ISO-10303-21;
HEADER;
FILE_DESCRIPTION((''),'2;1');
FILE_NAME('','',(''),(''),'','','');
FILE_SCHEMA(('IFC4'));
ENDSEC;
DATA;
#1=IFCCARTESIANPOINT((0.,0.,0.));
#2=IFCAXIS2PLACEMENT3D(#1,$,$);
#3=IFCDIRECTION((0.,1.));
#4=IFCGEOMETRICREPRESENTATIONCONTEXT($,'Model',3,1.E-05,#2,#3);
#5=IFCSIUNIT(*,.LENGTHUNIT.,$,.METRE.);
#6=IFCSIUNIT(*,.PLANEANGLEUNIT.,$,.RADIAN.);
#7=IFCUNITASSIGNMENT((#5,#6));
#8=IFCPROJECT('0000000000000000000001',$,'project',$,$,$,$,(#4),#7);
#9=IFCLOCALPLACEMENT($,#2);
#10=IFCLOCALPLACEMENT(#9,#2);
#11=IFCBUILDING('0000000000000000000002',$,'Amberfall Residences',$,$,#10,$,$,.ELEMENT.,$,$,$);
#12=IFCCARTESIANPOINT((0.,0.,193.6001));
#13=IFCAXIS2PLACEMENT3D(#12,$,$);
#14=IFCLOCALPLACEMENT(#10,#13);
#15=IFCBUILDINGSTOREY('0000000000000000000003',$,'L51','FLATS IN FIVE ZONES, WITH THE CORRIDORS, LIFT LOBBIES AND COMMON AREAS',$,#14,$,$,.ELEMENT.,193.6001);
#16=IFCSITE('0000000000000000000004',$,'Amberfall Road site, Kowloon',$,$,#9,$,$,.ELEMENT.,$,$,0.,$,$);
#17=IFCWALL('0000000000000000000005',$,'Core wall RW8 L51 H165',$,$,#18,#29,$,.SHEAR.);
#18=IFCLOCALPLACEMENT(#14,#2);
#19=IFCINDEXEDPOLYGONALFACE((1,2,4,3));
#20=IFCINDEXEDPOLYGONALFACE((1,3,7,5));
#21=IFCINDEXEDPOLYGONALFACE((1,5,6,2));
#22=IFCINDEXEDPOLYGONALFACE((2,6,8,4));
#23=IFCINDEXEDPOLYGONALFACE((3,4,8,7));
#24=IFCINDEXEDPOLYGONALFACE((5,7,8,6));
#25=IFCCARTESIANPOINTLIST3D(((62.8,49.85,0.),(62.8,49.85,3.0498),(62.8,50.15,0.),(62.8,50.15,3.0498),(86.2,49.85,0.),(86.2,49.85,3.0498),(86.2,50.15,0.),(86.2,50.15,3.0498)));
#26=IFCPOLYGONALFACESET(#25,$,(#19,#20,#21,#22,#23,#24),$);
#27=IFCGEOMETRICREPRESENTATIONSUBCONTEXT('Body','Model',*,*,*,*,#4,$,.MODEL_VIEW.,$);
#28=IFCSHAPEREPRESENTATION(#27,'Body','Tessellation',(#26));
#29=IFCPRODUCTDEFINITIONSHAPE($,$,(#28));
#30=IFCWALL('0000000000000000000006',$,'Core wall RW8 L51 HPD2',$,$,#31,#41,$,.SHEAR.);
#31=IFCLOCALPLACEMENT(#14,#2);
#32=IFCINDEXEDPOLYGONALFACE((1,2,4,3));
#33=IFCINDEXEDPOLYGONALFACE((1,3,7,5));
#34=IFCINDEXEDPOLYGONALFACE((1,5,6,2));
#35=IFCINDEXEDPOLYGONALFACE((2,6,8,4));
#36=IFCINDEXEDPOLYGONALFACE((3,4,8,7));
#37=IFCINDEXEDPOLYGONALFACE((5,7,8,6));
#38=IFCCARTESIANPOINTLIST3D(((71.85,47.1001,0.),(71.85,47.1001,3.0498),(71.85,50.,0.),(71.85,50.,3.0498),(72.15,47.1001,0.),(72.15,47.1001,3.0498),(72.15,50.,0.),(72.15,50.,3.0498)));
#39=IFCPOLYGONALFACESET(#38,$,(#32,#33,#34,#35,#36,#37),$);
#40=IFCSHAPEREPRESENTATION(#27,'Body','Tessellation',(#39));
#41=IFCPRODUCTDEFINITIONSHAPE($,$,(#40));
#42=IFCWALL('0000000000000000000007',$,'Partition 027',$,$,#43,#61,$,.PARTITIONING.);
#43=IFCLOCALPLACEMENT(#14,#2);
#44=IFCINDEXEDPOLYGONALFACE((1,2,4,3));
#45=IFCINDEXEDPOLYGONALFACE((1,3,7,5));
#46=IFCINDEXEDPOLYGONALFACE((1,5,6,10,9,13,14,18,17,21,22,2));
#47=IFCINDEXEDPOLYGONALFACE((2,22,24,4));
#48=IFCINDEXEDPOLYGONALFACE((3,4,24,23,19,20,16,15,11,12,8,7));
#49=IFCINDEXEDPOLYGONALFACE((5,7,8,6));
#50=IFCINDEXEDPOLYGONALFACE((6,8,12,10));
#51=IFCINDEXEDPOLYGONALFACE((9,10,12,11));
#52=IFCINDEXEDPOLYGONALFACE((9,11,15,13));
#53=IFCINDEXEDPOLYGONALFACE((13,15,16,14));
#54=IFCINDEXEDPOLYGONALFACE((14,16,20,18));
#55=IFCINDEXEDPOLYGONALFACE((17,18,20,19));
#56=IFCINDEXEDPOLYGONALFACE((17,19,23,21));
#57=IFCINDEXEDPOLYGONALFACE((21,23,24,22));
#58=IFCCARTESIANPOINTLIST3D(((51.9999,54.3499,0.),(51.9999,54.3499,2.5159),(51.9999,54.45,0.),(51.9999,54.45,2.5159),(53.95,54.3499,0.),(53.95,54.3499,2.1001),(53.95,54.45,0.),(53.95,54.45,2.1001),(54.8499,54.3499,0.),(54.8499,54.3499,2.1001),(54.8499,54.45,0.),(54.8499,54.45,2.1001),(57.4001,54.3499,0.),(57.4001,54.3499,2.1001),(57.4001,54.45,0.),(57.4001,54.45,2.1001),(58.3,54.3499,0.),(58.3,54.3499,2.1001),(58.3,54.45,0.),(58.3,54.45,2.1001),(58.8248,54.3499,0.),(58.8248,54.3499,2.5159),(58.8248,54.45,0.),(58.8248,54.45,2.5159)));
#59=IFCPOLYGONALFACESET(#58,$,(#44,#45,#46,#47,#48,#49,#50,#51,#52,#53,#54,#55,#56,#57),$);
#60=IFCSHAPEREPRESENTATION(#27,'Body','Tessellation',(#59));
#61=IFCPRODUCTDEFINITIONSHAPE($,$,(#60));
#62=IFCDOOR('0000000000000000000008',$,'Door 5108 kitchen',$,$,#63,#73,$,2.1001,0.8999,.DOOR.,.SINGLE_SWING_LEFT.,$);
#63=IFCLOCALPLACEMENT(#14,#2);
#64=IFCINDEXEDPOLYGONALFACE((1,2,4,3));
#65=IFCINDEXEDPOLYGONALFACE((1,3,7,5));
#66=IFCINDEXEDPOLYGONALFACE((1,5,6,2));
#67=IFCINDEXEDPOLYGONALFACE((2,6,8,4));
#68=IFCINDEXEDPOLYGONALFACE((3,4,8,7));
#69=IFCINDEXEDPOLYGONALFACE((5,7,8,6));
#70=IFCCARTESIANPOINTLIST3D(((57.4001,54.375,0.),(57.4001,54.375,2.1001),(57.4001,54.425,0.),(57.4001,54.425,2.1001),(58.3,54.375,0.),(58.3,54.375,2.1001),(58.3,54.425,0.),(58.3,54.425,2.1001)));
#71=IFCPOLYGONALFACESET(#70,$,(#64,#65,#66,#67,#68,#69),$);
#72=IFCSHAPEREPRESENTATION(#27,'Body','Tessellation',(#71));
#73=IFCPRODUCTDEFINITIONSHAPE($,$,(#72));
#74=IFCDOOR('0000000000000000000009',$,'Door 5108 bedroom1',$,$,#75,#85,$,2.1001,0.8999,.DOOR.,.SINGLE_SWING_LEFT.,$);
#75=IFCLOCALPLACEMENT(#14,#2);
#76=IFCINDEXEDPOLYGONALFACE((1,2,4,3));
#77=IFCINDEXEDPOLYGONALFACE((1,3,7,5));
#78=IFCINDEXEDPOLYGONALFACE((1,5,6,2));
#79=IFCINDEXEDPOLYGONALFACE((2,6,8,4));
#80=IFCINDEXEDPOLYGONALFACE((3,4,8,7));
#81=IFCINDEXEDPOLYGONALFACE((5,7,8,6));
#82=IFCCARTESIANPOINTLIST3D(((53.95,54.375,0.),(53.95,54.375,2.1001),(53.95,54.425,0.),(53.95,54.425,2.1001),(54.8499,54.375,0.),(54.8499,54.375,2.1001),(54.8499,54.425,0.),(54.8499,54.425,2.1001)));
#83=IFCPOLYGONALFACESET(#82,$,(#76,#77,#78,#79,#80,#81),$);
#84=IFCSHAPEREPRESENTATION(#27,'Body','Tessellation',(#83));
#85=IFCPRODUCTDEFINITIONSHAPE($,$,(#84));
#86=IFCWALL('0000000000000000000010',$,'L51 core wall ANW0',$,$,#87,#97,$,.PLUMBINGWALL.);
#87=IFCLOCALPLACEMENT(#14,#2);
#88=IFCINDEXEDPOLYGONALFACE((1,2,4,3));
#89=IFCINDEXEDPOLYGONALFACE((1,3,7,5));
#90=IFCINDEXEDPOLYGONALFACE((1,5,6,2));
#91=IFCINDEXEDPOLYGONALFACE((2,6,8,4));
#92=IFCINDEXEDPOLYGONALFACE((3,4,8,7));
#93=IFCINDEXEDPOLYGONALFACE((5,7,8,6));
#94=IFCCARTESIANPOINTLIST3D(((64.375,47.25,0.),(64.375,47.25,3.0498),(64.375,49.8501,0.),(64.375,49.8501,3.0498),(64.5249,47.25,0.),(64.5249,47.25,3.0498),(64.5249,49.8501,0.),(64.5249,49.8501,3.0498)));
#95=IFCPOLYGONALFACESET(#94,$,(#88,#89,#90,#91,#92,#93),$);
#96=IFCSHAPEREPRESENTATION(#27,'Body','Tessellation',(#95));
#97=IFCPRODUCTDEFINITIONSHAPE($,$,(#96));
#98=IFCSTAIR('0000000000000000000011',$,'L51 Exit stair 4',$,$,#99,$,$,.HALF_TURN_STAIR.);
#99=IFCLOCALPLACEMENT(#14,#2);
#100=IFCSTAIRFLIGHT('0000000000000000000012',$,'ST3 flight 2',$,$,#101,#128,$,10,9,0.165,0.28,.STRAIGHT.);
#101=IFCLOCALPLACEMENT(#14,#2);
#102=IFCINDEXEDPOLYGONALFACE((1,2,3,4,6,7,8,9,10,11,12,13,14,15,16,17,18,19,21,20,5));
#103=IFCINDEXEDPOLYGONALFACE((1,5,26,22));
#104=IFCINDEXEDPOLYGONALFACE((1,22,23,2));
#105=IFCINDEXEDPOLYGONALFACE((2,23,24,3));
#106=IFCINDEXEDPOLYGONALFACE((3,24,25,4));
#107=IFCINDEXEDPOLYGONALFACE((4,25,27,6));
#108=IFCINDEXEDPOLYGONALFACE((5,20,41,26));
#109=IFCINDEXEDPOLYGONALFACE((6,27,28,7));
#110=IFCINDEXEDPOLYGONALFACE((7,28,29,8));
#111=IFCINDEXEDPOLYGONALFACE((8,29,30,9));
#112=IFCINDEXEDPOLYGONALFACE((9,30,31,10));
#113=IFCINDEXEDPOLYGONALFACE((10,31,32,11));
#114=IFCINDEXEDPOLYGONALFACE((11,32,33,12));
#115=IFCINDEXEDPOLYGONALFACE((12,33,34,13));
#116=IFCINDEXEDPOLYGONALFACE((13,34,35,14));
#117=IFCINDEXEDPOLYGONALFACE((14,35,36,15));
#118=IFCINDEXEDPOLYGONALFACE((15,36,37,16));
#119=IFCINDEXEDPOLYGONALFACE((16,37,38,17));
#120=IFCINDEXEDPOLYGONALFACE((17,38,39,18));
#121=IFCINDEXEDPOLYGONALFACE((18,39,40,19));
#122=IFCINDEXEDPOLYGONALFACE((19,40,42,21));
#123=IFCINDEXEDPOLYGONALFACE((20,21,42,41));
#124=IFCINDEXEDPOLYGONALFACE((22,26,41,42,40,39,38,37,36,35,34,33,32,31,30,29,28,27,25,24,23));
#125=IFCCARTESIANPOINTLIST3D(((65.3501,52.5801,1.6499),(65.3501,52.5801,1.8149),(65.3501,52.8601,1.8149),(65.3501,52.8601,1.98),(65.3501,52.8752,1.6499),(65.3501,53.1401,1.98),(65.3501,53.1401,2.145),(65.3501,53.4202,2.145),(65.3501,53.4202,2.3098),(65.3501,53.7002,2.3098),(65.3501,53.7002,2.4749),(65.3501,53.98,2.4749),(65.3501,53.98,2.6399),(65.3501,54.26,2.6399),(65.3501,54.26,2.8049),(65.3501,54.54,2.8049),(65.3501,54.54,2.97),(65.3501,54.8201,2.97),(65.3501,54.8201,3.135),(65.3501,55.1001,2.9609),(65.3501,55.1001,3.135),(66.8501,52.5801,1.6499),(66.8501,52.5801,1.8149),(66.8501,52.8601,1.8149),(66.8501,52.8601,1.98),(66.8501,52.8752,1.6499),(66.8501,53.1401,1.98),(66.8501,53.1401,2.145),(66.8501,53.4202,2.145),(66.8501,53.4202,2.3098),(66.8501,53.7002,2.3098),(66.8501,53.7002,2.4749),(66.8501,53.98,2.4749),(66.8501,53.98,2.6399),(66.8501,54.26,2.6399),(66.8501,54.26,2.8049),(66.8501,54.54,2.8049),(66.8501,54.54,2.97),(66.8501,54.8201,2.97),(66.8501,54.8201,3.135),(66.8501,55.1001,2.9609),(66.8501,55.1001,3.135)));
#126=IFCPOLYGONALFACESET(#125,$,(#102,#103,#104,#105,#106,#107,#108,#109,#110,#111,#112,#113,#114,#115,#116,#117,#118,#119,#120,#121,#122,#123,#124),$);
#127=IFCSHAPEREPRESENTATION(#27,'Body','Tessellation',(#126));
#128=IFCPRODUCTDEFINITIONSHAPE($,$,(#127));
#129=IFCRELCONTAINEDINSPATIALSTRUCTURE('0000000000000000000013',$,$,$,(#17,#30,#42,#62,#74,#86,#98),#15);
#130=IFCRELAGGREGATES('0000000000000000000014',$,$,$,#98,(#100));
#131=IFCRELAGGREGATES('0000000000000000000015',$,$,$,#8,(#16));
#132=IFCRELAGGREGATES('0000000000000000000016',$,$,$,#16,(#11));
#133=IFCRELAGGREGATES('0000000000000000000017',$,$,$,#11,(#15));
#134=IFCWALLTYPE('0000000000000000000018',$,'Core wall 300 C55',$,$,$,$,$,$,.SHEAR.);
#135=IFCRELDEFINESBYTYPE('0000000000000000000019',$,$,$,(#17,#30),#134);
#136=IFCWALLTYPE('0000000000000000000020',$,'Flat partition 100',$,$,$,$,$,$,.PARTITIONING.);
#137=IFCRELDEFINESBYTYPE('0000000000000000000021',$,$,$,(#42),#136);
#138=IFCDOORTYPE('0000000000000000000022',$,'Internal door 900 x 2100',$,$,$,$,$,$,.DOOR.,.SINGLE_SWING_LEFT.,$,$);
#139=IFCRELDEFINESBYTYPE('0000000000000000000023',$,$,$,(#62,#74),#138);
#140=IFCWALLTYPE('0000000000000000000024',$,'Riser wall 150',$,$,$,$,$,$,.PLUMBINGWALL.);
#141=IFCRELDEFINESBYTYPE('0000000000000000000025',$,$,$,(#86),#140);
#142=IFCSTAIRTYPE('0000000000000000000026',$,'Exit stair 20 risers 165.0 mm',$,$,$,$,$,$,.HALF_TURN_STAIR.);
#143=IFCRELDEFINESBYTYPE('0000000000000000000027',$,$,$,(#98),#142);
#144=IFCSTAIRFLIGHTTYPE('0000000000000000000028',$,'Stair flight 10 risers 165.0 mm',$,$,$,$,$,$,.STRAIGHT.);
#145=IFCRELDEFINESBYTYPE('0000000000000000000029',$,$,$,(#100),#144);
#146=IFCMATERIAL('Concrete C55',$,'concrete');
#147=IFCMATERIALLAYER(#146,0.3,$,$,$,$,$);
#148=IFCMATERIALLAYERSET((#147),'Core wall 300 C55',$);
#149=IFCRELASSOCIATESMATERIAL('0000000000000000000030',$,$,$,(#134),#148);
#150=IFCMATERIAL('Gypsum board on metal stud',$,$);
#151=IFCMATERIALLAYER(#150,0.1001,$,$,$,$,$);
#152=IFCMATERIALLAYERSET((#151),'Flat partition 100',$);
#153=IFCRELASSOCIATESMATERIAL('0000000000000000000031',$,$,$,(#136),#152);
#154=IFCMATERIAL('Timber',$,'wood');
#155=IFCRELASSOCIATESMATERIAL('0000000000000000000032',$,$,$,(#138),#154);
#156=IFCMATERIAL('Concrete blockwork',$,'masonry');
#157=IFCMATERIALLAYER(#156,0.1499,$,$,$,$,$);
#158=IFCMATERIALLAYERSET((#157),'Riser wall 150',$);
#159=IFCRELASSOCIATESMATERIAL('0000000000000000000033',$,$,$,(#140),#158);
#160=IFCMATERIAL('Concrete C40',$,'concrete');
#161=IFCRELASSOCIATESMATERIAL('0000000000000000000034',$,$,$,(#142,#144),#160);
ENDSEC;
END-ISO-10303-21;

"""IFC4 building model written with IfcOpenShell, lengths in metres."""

from ifc_helpers import new_model, si_unit, direction, frame, frame_2d, origin, place, context, subcontext, project, spatial, polyline, rectangle, outline, extrude, material, layer, layer_set, type_object, element, fill, aggregate, save


model = new_model("IFC4")

# Units and contexts
model_context = context("Model", 3, precision=1e-05, world=origin(), true_north=direction((0.0, 1.0)))
body_context = subcontext(model_context, "Body", "Model", "MODEL_VIEW")
ifc_project = project(units=[si_unit("LENGTHUNIT", "METRE"), si_unit("PLANEANGLEUNIT", "RADIAN")], contexts=[model_context])

# Site, building, storey
site_placement = place(None, origin())
site = spatial("IfcSite", under=ifc_project, at=site_placement, Name="Amberfall Road site, Kowloon", CompositionType="ELEMENT", RefElevation=0.0)
building_placement = place(site_placement, origin())
building = spatial("IfcBuilding", under=site, at=building_placement, Name="Amberfall Residences", CompositionType="ELEMENT")
storey_placement = place(building_placement, frame((0.0, 0.0, 193.6001)))
storey = spatial("IfcBuildingStorey", under=building, at=storey_placement, Name="L51", Description="FLATS IN FIVE ZONES, WITH THE CORRIDORS, LIFT LOBBIES AND COMMON AREAS", CompositionType="ELEMENT", Elevation=193.6001)

# Walls
ifc_material_1 = material(Name="Concrete C55", Category="concrete")
ifc_layer_1 = layer(ifc_material_1, 0.3)
ifc_layer_set_1 = layer_set([ifc_layer_1], Name="Core wall 300 C55")
wall_type_1 = type_object("IfcWallType", Name="Core wall 300 C55", PredefinedType="SHEAR", material=ifc_layer_set_1)
wall_1_placement = place(storey_placement, frame((62.8, 50.0, 0.0), z_axis=(0.0, 0.0, 1.0), x_axis=(1.0, 0.0, 0.0)))
element("IfcWall", 1, at=wall_1_placement, inside=storey, type_object=wall_type_1, Name="Core wall RW8 L51 H165", PredefinedType="SHEAR", context=body_context, shape_type="SweptSolid", body=[
    extrude(rectangle(XDim=23.3999, YDim=0.3, at=frame_2d((11.7, 0.0))), origin(), (0.0, 0.0, 1.0), 3.0498),
])
wall_2_placement = place(storey_placement, frame((72.0, 47.1001, 0.0), z_axis=(0.0, 0.0, 1.0), x_axis=(0.0, 1.0, 0.0)))
element("IfcWall", 2, at=wall_2_placement, inside=storey, type_object=wall_type_1, Name="Core wall RW8 L51 HPD2", PredefinedType="SHEAR", context=body_context, shape_type="SweptSolid", body=[
    extrude(rectangle(XDim=2.8999, YDim=0.3, at=frame_2d((1.45, 0.0))), origin(), (0.0, 0.0, 1.0), 3.0498),
])

# Wall, openings, doors
ifc_material_2 = material(Name="Gypsum board on metal stud")
ifc_layer_2 = layer(ifc_material_2, 0.1001)
ifc_layer_set_2 = layer_set([ifc_layer_2], Name="Flat partition 100")
wall_type_2 = type_object("IfcWallType", Name="Flat partition 100", PredefinedType="PARTITIONING", material=ifc_layer_set_2)
wall_3_placement = place(storey_placement, frame((58.825, 54.3999, 0.0), z_axis=(0.0, 0.0, 1.0), x_axis=(-1.0, 0.0, 0.0)))
wall_3 = element("IfcWall", 3, at=wall_3_placement, inside=storey, type_object=wall_type_2, Name="Partition 027", PredefinedType="PARTITIONING", context=body_context, shape_type="SweptSolid", body=[
    extrude(rectangle(XDim=6.825, YDim=0.1001, at=frame_2d((3.4126, 0.0))), origin(), (0.0, 0.0, 1.0), 2.5159),
])
opening_1_placement = place(wall_3_placement, frame((0.5249, 0.0, 0.0)))
opening_1 = element("IfcOpeningElement", 4, at=opening_1_placement, cuts=wall_3, PredefinedType="OPENING", context=body_context, shape_type="SweptSolid", body=[
    extrude(rectangle(XDim=0.8999, YDim=2.1001, at=frame_2d((0.45, 1.05))), frame((0.0, 0.0601, 0.0), z_axis=(0.0, -1.0, 0.0), x_axis=(1.0, 0.0, 0.0)), (0.0, 0.0, 1.0), 0.1201),
])
opening_2_placement = place(wall_3_placement, frame((3.9751, 0.0, 0.0)))
opening_2 = element("IfcOpeningElement", 5, at=opening_2_placement, cuts=wall_3, PredefinedType="OPENING", context=body_context, shape_type="SweptSolid", body=[
    extrude(rectangle(XDim=0.8999, YDim=2.1001, at=frame_2d((0.45, 1.05))), frame((0.0, 0.0601, 0.0), z_axis=(0.0, -1.0, 0.0), x_axis=(1.0, 0.0, 0.0)), (0.0, 0.0, 1.0), 0.1201),
])
ifc_material_3 = material(Name="Timber", Category="wood")
door_type = type_object("IfcDoorType", Name="Internal door 900 x 2100", OperationType="SINGLE_SWING_LEFT", PredefinedType="DOOR", material=ifc_material_3)
door_1_placement = place(opening_1_placement, origin())
door_1 = element("IfcDoor", 6, at=door_1_placement, inside=storey, type_object=door_type, Name="Door 5108 kitchen", OperationType="SINGLE_SWING_LEFT", OverallHeight=2.1001, OverallWidth=0.8999, PredefinedType="DOOR", context=body_context, shape_type="SweptSolid", body=[
    extrude(rectangle(XDim=0.8999, YDim=2.1001, at=frame_2d((0.45, 1.05))), frame((0.0, 0.0249, 0.0), z_axis=(0.0, -1.0, 0.0), x_axis=(1.0, 0.0, 0.0)), (0.0, 0.0, 1.0), 0.05),
])
fill(opening_1, door_1)
door_2_placement = place(opening_2_placement, origin())
door_2 = element("IfcDoor", 7, at=door_2_placement, inside=storey, type_object=door_type, Name="Door 5108 bedroom1", OperationType="SINGLE_SWING_LEFT", OverallHeight=2.1001, OverallWidth=0.8999, PredefinedType="DOOR", context=body_context, shape_type="SweptSolid", body=[
    extrude(rectangle(XDim=0.8999, YDim=2.1001, at=frame_2d((0.45, 1.05))), frame((0.0, 0.0249, 0.0), z_axis=(0.0, -1.0, 0.0), x_axis=(1.0, 0.0, 0.0)), (0.0, 0.0, 1.0), 0.05),
])
fill(opening_2, door_2)

# Wall
ifc_material_4 = material(Name="Concrete blockwork", Category="masonry")
ifc_layer_3 = layer(ifc_material_4, 0.1499)
ifc_layer_set_3 = layer_set([ifc_layer_3], Name="Riser wall 150")
wall_type_3 = type_object("IfcWallType", Name="Riser wall 150", PredefinedType="PLUMBINGWALL", material=ifc_layer_set_3)
wall_4_placement = place(storey_placement, frame((64.45, 47.25, 0.0), z_axis=(0.0, 0.0, 1.0), x_axis=(0.0, 1.0, 0.0)))
element("IfcWall", 8, at=wall_4_placement, inside=storey, type_object=wall_type_3, Name="L51 core wall ANW0", PredefinedType="PLUMBINGWALL", context=body_context, shape_type="SweptSolid", body=[
    extrude(rectangle(XDim=2.6001, YDim=0.1499, at=frame_2d((1.3, 0.0))), origin(), (0.0, 0.0, 1.0), 3.0498),
])

# Stair, stair flight
ifc_material_5 = material(Name="Concrete C40", Category="concrete")
stair_type = type_object("IfcStairType", Name="Exit stair 20 risers 165.0 mm", PredefinedType="HALF_TURN_STAIR", material=ifc_material_5)
stair_placement = place(storey_placement, origin())
stair = element("IfcStair", 9, at=stair_placement, inside=storey, type_object=stair_type, Name="L51 Exit stair 4", PredefinedType="HALF_TURN_STAIR")
stair_flight_type = type_object("IfcStairFlightType", Name="Stair flight 10 risers 165.0 mm", PredefinedType="STRAIGHT", material=ifc_material_5)
stair_flight_placement = place(storey_placement, frame((66.1001, 52.5801, 1.6499), z_axis=(0.0, 0.0, 1.0), x_axis=(0.0, 1.0, 0.0)))
stair_flight = element("IfcStairFlight", 10, at=stair_flight_placement, type_object=stair_flight_type, Name="ST3 flight 2", NumberOfRisers=10, NumberOfTreads=9, PredefinedType="STRAIGHT", RiserHeight=0.165, TreadLength=0.28, context=body_context, shape_type="SweptSolid", body=[
    extrude(outline(polyline([(0.0, 0.0), (0.0, 0.165), (0.28, 0.165), (0.28, 0.3301), (0.5601, 0.3301), (0.5601, 0.4951), (0.8401, 0.4951), (0.8401, 0.6599), (1.1201, 0.6599), (1.1201, 0.825), (1.3999, 0.825), (1.3999, 0.99), (1.6799, 0.99), (1.6799, 1.155), (1.96, 1.155), (1.96, 1.3201), (2.24, 1.3201), (2.24, 1.4851), (2.52, 1.4851), (2.52, 1.6499), (2.52, 1.311), (0.2952, 0.0), (0.0, 0.0)])), frame((0.0, 0.75, 0.0), z_axis=(0.0, -1.0, 0.0), x_axis=(1.0, 0.0, 0.0)), (0.0, 0.0, 1.0), 1.5),
])
aggregate(stair, [stair_flight])

save(model, "model.ifc")
